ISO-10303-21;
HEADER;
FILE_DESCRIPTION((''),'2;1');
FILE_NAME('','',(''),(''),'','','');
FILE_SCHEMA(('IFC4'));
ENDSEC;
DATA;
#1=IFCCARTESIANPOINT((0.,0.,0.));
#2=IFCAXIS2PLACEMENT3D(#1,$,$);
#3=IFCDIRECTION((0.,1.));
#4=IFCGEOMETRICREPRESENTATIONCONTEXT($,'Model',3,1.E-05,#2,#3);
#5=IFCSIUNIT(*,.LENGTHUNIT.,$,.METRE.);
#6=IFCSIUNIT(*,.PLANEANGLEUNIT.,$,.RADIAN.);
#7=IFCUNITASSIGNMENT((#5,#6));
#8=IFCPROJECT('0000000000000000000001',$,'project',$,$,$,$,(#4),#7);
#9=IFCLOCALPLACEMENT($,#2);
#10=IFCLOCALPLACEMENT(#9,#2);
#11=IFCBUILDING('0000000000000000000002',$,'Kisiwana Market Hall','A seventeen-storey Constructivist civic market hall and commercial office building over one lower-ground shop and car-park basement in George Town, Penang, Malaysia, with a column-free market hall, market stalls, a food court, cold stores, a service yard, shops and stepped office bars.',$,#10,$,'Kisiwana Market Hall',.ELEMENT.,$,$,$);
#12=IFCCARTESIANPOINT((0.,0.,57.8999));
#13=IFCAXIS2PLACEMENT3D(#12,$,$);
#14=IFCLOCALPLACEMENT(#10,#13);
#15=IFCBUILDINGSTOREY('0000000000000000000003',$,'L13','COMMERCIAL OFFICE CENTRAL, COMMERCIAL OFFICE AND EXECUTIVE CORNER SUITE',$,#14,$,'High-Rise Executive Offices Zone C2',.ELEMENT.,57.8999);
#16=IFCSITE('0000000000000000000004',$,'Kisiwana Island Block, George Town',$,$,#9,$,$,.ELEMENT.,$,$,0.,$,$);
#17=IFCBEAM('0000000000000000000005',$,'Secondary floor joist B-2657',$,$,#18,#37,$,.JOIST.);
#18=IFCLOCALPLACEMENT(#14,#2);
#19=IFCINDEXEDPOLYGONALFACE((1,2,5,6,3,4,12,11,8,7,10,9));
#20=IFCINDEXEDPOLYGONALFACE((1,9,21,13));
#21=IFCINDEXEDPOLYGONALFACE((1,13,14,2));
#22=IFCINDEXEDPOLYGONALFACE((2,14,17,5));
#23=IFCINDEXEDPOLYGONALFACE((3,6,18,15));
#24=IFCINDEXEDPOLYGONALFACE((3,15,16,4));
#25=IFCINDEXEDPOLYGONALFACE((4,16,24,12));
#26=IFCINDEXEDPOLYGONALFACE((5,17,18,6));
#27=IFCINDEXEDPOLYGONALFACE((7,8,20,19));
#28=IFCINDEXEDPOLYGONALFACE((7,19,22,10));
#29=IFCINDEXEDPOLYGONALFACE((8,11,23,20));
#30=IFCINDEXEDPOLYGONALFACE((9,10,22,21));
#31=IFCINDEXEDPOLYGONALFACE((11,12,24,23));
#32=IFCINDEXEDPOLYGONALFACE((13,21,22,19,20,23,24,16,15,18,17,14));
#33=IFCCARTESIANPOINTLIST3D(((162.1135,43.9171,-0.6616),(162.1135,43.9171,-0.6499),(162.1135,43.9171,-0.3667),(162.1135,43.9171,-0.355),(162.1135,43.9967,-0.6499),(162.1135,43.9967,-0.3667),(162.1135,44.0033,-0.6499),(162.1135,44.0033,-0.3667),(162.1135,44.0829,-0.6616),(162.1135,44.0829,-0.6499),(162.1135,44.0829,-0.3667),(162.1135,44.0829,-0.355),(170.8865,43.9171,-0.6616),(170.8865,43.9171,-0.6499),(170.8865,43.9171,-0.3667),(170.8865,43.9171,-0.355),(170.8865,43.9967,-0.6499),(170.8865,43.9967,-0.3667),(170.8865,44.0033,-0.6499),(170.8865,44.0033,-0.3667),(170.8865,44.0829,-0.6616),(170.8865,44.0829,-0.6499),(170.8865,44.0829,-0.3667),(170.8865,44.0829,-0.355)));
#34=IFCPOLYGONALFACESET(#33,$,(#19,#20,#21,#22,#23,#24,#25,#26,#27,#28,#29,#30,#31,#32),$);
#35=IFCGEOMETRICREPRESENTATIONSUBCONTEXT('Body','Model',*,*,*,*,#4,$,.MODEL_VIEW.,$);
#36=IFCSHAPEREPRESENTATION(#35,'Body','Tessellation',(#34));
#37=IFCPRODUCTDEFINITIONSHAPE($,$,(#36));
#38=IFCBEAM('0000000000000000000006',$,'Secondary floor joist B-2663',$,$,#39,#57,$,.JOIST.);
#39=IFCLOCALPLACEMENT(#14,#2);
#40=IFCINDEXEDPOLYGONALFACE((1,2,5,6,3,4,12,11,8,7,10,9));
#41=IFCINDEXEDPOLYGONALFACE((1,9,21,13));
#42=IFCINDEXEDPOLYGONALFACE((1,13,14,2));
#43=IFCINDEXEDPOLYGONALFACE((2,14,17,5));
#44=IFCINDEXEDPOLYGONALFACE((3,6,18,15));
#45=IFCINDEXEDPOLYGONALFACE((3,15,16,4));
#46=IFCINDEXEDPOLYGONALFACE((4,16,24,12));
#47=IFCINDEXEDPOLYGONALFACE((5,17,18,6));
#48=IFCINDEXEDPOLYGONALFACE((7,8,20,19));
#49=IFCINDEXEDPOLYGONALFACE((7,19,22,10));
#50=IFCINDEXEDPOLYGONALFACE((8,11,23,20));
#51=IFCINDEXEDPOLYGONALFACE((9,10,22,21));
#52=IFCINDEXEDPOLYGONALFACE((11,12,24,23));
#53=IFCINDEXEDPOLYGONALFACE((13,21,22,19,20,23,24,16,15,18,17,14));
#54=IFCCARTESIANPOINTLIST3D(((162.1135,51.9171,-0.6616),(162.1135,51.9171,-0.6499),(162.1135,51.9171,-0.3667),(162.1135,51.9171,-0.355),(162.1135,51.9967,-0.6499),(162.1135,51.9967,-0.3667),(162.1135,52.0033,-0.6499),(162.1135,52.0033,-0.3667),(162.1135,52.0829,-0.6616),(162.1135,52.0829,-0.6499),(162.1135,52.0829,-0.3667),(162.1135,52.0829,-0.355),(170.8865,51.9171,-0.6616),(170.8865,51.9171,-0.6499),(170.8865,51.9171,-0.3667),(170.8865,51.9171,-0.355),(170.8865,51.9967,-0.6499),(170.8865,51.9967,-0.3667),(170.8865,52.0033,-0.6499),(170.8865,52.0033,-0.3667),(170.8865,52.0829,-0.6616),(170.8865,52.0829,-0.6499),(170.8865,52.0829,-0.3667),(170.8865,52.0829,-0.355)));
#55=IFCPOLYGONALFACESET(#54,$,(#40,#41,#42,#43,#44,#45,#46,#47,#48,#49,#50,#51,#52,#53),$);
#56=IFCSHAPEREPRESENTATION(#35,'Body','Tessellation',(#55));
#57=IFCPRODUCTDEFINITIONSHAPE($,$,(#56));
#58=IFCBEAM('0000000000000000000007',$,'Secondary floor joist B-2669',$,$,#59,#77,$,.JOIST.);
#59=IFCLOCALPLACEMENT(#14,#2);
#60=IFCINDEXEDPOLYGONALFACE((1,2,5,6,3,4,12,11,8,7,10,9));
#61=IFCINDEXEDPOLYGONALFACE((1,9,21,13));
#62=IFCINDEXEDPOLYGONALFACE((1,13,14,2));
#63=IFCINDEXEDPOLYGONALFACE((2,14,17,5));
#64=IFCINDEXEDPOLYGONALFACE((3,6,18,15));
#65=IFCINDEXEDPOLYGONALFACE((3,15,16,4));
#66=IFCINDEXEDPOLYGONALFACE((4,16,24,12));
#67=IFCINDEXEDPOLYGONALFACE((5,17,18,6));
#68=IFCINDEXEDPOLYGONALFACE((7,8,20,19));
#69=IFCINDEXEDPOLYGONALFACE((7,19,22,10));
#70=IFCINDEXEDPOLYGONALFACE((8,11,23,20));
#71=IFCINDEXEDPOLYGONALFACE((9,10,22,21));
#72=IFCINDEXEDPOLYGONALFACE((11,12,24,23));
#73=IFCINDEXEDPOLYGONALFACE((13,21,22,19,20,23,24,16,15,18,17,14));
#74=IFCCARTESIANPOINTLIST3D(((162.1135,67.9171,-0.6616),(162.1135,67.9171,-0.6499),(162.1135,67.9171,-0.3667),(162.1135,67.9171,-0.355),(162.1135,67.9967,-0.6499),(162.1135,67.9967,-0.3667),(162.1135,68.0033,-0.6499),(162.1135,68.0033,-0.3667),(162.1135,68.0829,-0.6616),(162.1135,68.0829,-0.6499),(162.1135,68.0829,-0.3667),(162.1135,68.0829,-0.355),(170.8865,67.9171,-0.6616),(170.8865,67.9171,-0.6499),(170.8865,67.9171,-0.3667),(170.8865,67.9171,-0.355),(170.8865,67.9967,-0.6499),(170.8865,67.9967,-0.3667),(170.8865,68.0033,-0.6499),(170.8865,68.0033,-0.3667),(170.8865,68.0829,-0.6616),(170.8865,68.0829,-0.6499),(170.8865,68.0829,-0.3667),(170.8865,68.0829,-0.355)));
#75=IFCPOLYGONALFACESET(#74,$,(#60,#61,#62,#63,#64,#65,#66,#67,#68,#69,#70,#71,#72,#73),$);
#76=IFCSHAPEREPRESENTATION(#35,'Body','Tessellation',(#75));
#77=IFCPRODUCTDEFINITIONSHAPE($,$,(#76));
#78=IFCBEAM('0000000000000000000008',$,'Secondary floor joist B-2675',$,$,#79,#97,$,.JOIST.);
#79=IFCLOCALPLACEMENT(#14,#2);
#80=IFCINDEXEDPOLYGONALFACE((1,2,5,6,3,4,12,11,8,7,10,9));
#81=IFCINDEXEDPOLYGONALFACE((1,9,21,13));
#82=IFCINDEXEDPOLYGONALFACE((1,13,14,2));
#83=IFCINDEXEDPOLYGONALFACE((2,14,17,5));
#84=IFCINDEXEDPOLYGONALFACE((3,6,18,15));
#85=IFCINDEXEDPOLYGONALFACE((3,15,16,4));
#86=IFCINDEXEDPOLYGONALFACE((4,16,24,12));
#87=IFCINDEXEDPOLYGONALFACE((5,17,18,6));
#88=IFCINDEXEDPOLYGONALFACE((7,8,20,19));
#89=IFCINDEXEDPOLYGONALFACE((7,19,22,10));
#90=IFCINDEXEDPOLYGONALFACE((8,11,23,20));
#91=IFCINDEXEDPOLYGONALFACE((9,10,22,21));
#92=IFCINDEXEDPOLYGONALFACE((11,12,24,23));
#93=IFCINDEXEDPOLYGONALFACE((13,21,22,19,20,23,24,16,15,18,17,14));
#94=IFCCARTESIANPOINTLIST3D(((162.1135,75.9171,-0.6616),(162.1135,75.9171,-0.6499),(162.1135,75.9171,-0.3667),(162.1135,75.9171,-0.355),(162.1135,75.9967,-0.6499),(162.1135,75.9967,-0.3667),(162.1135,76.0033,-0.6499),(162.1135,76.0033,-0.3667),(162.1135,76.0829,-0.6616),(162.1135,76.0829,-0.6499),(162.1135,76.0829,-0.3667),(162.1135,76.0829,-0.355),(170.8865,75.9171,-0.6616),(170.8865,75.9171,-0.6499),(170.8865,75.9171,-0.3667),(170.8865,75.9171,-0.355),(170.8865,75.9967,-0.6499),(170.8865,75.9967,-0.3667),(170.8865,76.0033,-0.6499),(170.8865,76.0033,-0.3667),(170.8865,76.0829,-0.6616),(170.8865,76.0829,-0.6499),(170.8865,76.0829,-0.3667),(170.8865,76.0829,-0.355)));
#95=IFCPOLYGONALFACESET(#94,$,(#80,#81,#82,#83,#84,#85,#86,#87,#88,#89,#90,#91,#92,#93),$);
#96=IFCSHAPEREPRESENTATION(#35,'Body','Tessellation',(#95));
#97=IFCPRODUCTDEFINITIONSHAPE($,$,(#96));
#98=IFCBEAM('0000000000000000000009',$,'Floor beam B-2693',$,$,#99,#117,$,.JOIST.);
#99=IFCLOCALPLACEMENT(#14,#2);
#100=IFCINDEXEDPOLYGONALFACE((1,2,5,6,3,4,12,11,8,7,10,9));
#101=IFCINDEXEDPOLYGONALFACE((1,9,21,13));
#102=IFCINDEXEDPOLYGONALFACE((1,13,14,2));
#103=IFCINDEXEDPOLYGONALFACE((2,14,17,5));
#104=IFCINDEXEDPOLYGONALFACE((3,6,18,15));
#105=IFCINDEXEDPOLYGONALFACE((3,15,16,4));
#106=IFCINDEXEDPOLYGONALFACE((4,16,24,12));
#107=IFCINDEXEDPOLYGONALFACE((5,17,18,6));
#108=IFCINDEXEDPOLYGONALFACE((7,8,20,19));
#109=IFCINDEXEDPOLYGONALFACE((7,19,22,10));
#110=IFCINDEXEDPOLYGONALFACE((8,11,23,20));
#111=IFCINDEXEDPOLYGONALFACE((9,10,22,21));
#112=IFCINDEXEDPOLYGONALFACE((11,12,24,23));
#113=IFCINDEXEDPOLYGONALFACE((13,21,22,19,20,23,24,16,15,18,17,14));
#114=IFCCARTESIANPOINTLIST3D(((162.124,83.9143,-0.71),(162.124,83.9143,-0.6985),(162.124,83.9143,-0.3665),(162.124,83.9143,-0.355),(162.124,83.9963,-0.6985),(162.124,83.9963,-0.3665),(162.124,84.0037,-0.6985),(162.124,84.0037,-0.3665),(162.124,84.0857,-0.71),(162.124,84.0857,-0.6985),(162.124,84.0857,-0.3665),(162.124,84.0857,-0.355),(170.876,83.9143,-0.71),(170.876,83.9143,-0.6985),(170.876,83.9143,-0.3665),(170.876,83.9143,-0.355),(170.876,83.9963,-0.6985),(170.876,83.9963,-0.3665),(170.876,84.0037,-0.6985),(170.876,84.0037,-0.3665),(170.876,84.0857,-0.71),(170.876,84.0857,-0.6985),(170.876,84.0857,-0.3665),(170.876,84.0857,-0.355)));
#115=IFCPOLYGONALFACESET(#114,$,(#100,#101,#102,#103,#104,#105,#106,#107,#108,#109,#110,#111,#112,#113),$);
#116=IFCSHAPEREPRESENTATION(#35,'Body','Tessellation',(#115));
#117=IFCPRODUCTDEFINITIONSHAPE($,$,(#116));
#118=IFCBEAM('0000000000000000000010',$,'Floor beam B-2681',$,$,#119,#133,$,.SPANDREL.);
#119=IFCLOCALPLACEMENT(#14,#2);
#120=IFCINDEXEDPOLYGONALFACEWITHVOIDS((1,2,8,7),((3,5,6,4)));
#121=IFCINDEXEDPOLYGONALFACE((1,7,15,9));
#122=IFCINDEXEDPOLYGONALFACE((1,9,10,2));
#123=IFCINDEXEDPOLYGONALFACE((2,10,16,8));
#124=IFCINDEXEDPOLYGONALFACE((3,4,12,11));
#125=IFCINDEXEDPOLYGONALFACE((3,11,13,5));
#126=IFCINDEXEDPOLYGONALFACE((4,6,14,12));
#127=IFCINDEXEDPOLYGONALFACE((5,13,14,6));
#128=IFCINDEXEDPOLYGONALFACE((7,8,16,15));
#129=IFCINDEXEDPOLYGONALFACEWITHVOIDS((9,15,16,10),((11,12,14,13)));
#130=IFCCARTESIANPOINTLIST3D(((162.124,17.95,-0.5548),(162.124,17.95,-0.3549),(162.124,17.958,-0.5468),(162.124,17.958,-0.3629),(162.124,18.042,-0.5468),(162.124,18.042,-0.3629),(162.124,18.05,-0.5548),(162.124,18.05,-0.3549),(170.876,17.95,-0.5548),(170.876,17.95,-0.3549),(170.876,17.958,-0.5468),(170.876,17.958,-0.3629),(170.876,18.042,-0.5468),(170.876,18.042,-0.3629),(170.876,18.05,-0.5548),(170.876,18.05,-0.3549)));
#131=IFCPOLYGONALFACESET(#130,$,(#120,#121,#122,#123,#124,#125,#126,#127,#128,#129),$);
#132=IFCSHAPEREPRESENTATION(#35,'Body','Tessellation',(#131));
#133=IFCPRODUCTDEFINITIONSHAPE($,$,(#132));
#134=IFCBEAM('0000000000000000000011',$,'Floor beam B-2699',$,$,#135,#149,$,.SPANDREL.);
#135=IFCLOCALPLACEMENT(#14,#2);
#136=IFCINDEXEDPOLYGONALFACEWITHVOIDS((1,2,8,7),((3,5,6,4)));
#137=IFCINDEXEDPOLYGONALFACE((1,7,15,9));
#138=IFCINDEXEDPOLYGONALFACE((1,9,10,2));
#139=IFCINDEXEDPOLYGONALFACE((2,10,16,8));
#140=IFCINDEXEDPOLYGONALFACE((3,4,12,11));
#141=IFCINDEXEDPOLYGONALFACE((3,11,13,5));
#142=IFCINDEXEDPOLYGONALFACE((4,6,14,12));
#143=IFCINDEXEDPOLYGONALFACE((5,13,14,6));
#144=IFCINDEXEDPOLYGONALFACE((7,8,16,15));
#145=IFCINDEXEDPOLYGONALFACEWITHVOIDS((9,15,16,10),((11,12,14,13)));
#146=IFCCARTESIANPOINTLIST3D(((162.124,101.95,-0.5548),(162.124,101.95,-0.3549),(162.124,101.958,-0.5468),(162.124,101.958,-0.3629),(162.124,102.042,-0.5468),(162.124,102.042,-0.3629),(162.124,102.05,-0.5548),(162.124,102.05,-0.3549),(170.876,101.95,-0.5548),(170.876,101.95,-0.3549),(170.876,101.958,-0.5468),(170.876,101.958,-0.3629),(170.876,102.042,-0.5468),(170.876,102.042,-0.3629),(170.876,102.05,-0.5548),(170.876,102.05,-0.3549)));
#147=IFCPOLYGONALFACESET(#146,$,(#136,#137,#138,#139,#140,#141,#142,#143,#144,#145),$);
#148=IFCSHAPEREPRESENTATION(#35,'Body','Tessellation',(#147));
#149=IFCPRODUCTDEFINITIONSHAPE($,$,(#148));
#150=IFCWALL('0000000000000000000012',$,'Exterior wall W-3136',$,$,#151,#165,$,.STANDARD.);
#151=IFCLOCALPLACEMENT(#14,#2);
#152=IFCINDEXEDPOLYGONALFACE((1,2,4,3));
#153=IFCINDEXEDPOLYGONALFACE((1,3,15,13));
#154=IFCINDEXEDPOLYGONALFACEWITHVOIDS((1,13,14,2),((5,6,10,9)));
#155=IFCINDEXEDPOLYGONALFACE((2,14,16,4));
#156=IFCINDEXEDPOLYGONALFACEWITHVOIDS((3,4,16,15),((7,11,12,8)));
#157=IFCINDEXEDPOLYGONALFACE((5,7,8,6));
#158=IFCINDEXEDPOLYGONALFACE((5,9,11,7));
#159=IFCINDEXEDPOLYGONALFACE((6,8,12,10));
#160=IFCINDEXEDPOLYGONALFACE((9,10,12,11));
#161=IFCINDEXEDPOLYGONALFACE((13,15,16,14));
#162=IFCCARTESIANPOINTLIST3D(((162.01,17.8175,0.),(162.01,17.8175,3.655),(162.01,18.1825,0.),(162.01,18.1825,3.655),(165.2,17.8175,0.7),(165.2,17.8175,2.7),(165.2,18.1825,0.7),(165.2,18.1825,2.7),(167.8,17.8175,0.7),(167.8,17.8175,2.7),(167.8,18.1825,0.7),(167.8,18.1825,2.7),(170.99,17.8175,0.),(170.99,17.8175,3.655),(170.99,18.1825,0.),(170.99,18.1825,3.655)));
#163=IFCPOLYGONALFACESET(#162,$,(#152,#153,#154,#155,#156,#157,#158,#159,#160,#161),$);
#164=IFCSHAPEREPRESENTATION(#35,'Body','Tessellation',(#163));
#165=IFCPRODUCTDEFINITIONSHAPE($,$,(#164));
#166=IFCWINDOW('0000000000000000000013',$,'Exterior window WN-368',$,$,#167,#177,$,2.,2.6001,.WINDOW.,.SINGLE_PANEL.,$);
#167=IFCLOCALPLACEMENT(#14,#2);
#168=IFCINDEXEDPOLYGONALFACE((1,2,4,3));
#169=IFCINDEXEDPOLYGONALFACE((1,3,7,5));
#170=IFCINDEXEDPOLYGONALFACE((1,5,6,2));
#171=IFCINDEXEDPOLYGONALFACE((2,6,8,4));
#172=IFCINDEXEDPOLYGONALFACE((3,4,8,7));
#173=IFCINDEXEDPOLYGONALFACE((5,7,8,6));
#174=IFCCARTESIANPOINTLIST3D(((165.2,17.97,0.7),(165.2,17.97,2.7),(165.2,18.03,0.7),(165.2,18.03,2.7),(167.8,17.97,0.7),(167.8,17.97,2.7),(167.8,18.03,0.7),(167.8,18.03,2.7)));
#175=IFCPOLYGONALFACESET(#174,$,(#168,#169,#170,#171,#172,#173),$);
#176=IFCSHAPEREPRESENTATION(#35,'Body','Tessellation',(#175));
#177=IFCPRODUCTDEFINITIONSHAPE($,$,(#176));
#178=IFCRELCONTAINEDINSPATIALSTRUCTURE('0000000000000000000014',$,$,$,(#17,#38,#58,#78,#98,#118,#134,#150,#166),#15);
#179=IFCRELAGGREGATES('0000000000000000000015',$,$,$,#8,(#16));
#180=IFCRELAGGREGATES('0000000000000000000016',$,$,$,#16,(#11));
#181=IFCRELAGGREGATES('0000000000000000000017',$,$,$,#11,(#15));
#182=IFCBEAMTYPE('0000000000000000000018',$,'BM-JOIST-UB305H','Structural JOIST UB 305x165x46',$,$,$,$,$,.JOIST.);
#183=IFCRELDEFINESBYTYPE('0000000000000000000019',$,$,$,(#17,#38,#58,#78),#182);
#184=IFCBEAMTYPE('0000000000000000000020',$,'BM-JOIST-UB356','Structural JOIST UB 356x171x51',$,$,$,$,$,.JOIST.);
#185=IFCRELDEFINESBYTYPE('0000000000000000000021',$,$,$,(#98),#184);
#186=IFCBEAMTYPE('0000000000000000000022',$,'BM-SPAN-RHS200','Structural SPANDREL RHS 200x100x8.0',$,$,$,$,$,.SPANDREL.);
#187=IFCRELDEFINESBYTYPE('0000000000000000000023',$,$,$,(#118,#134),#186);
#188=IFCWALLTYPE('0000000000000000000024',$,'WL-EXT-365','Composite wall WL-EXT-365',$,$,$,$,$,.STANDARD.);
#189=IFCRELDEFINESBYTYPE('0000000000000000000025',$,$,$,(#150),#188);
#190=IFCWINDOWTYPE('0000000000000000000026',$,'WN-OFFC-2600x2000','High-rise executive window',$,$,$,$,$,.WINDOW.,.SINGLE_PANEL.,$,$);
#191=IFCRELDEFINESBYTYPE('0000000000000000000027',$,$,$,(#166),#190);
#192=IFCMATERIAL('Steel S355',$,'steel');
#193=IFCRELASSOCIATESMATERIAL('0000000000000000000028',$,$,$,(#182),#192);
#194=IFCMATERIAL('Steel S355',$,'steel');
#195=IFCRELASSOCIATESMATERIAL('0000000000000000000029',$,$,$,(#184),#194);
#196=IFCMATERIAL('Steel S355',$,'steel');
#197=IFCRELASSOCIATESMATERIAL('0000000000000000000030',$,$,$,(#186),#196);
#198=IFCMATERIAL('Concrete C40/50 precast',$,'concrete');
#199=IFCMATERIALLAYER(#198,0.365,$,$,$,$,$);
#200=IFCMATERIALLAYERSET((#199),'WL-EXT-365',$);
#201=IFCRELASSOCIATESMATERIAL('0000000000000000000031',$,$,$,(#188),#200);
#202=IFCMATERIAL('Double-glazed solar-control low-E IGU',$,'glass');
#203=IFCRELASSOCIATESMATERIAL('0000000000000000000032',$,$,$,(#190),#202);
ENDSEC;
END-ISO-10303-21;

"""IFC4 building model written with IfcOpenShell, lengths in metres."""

from ifc_helpers import new_model, si_unit, direction, frame, frame_2d, origin, origin_2d, place, context, subcontext, project, spatial, rectangle, hollow_rectangle, i_section, extrude, material, layer, layer_set, material_profile, profile_set, type_object, element, fill, save


model = new_model("IFC4")

# Units and contexts
model_context = context("Model", 3, precision=1e-05, world=origin(), true_north=direction((0.0, 1.0)))
body_context = subcontext(model_context, "Body", "Model", "MODEL_VIEW")
ifc_project = project(units=[si_unit("LENGTHUNIT", "METRE"), si_unit("PLANEANGLEUNIT", "RADIAN")], contexts=[model_context])

# Site, building, storey
site_placement = place(None, origin())
site = spatial("IfcSite", under=ifc_project, at=site_placement, Name="Kisiwana Island Block, George Town", CompositionType="ELEMENT", RefElevation=0.0)
building_placement = place(site_placement, origin())
building = spatial("IfcBuilding", under=site, at=building_placement, Name="Kisiwana Market Hall", Description="A seventeen-storey Constructivist civic market hall and commercial office building over one lower-ground shop and car-park basement in George Town, Penang, Malaysia, with a column-free market hall, market stalls, a food court, cold stores, a service yard, shops and stepped office bars.", LongName="Kisiwana Market Hall", CompositionType="ELEMENT")
storey_placement = place(building_placement, frame((0.0, 0.0, 57.8999)))
storey = spatial("IfcBuildingStorey", under=building, at=storey_placement, Name="L13", Description="COMMERCIAL OFFICE CENTRAL, COMMERCIAL OFFICE AND EXECUTIVE CORNER SUITE", LongName="High-Rise Executive Offices Zone C2", CompositionType="ELEMENT", Elevation=57.8999)

# Beams
ifc_material_1 = material(Name="Steel S355", Category="steel")
ifc_material_profile_1 = material_profile(ifc_material_1, i_section(OverallWidth=0.1658, OverallDepth=0.3066, WebThickness=0.0066, FlangeThickness=0.0117, at=origin_2d()), Name="UB 305x165x46")
ifc_profile_set_1 = profile_set([ifc_material_profile_1], Name="Steel S355")
beam_type_1 = type_object("IfcBeamType", Name="BM-JOIST-UB305H", Description="Structural JOIST UB 305x165x46", PredefinedType="JOIST", material=ifc_profile_set_1)
for number, where, z_axis, x_axis, name in (
    (1, (162.1135, 44.0, -0.5083), (1.0, 0.0, 0.0), (0.0, 1.0, 0.0), "Secondary floor joist B-2657"),
    (2, (162.1135, 52.0, -0.5083), (1.0, 0.0, 0.0), (0.0, 1.0, 0.0), "Secondary floor joist B-2663"),
    (3, (162.1135, 68.0, -0.5083), (1.0, 0.0, 0.0), (0.0, 1.0, 0.0), "Secondary floor joist B-2669"),
    (4, (162.1135, 76.0, -0.5083), (1.0, 0.0, 0.0), (0.0, 1.0, 0.0), "Secondary floor joist B-2675"),
):
    element("IfcBeam", number, at=place(storey_placement, frame(where, z_axis=z_axis, x_axis=x_axis)), inside=storey, type_object=beam_type_1, Name=name, PredefinedType="JOIST", context=body_context, shape_type="SweptSolid", body=[
        extrude(i_section(OverallWidth=0.1658, OverallDepth=0.3066, WebThickness=0.0066, FlangeThickness=0.0117, at=origin_2d()), origin(), (0.0, 0.0, 1.0), 8.7729),
    ])
ifc_material_2 = material(Name="Steel S355", Category="steel")
ifc_material_profile_2 = material_profile(ifc_material_2, i_section(OverallWidth=0.1714, OverallDepth=0.355, WebThickness=0.0073, FlangeThickness=0.0115, at=origin_2d()), Name="UB 356x171x51")
ifc_profile_set_2 = profile_set([ifc_material_profile_2], Name="Steel S355")
beam_type_2 = type_object("IfcBeamType", Name="BM-JOIST-UB356", Description="Structural JOIST UB 356x171x51", PredefinedType="JOIST", material=ifc_profile_set_2)
beam_1_placement = place(storey_placement, frame((162.124, 84.0, -0.5325), z_axis=(1.0, 0.0, 0.0), x_axis=(0.0, 1.0, 0.0)))
element("IfcBeam", 5, at=beam_1_placement, inside=storey, type_object=beam_type_2, Name="Floor beam B-2693", PredefinedType="JOIST", context=body_context, shape_type="SweptSolid", body=[
    extrude(i_section(OverallWidth=0.1714, OverallDepth=0.355, WebThickness=0.0073, FlangeThickness=0.0115, at=origin_2d()), origin(), (0.0, 0.0, 1.0), 8.752),
])
ifc_material_3 = material(Name="Steel S355", Category="steel")
ifc_material_profile_3 = material_profile(ifc_material_3, hollow_rectangle(XDim=0.1001, YDim=0.2, WallThickness=0.0081, at=origin_2d()), Name="RHS 200x100x8.0")
ifc_profile_set_3 = profile_set([ifc_material_profile_3], Name="Steel S355")
beam_type_3 = type_object("IfcBeamType", Name="BM-SPAN-RHS200", Description="Structural SPANDREL RHS 200x100x8.0", PredefinedType="SPANDREL", material=ifc_profile_set_3)
for number, where, z_axis, x_axis, name in (
    (6, (162.124, 18.0, -0.4548), (1.0, 0.0, 0.0), (0.0, 1.0, 0.0), "Floor beam B-2681"),
    (7, (162.124, 102.0, -0.4548), (1.0, 0.0, 0.0), (0.0, 1.0, 0.0), "Floor beam B-2699"),
):
    element("IfcBeam", number, at=place(storey_placement, frame(where, z_axis=z_axis, x_axis=x_axis)), inside=storey, type_object=beam_type_3, Name=name, PredefinedType="SPANDREL", context=body_context, shape_type="SweptSolid", body=[
        extrude(hollow_rectangle(XDim=0.1001, YDim=0.2, WallThickness=0.0081, at=origin_2d()), origin(), (0.0, 0.0, 1.0), 8.752),
    ])

# Wall, opening, window
ifc_material_4 = material(Name="Concrete C40/50 precast", Category="concrete")
ifc_layer_1 = layer(ifc_material_4, 0.365)
ifc_layer_set_1 = layer_set([ifc_layer_1], Name="WL-EXT-365")
wall_type_1 = type_object("IfcWallType", Name="WL-EXT-365", Description="Composite wall WL-EXT-365", PredefinedType="STANDARD", material=ifc_layer_set_1)
wall_1_placement = place(storey_placement, frame((162.01, 18.0, 0.0), z_axis=(0.0, 0.0, 1.0), x_axis=(1.0, 0.0, 0.0)))
wall_1 = element("IfcWall", 8, at=wall_1_placement, inside=storey, type_object=wall_type_1, Name="Exterior wall W-3136", PredefinedType="STANDARD", context=body_context, shape_type="SweptSolid", body=[
    extrude(rectangle(XDim=8.98, YDim=0.365, at=frame_2d((4.49, 0.0))), origin(), (0.0, 0.0, 1.0), 3.655),
])
opening_1_placement = place(wall_1_placement, frame((3.1899, 0.0, 0.7)))
opening_1 = element("IfcOpeningElement", 9, at=opening_1_placement, cuts=wall_1, PredefinedType="OPENING", context=body_context, shape_type="SweptSolid", body=[
    extrude(rectangle(XDim=2.6001, YDim=2.0, at=frame_2d((1.3, 1.0))), frame((0.0, 0.1943, 0.0), z_axis=(0.0, -1.0, 0.0), x_axis=(1.0, 0.0, 0.0)), (0.0, 0.0, 1.0), 0.3889),
])
ifc_material_5 = material(Name="Double-glazed solar-control low-E IGU", Category="glass")
window_type_1 = type_object("IfcWindowType", Name="WN-OFFC-2600x2000", Description="High-rise executive window", PartitioningType="SINGLE_PANEL", PredefinedType="WINDOW", material=ifc_material_5)
window_1_placement = place(opening_1_placement, origin())
window_1 = element("IfcWindow", 10, at=window_1_placement, inside=storey, type_object=window_type_1, Name="Exterior window WN-368", OverallHeight=2.0, OverallWidth=2.6001, PartitioningType="SINGLE_PANEL", PredefinedType="WINDOW", context=body_context, shape_type="SweptSolid", body=[
    extrude(rectangle(XDim=2.6001, YDim=2.0, at=frame_2d((1.3, 1.0))), frame((0.0, 0.03, 0.0), z_axis=(0.0, -1.0, 0.0), x_axis=(1.0, 0.0, 0.0)), (0.0, 0.0, 1.0), 0.0601),
])
fill(opening_1, window_1)

save(model, "model.ifc")
